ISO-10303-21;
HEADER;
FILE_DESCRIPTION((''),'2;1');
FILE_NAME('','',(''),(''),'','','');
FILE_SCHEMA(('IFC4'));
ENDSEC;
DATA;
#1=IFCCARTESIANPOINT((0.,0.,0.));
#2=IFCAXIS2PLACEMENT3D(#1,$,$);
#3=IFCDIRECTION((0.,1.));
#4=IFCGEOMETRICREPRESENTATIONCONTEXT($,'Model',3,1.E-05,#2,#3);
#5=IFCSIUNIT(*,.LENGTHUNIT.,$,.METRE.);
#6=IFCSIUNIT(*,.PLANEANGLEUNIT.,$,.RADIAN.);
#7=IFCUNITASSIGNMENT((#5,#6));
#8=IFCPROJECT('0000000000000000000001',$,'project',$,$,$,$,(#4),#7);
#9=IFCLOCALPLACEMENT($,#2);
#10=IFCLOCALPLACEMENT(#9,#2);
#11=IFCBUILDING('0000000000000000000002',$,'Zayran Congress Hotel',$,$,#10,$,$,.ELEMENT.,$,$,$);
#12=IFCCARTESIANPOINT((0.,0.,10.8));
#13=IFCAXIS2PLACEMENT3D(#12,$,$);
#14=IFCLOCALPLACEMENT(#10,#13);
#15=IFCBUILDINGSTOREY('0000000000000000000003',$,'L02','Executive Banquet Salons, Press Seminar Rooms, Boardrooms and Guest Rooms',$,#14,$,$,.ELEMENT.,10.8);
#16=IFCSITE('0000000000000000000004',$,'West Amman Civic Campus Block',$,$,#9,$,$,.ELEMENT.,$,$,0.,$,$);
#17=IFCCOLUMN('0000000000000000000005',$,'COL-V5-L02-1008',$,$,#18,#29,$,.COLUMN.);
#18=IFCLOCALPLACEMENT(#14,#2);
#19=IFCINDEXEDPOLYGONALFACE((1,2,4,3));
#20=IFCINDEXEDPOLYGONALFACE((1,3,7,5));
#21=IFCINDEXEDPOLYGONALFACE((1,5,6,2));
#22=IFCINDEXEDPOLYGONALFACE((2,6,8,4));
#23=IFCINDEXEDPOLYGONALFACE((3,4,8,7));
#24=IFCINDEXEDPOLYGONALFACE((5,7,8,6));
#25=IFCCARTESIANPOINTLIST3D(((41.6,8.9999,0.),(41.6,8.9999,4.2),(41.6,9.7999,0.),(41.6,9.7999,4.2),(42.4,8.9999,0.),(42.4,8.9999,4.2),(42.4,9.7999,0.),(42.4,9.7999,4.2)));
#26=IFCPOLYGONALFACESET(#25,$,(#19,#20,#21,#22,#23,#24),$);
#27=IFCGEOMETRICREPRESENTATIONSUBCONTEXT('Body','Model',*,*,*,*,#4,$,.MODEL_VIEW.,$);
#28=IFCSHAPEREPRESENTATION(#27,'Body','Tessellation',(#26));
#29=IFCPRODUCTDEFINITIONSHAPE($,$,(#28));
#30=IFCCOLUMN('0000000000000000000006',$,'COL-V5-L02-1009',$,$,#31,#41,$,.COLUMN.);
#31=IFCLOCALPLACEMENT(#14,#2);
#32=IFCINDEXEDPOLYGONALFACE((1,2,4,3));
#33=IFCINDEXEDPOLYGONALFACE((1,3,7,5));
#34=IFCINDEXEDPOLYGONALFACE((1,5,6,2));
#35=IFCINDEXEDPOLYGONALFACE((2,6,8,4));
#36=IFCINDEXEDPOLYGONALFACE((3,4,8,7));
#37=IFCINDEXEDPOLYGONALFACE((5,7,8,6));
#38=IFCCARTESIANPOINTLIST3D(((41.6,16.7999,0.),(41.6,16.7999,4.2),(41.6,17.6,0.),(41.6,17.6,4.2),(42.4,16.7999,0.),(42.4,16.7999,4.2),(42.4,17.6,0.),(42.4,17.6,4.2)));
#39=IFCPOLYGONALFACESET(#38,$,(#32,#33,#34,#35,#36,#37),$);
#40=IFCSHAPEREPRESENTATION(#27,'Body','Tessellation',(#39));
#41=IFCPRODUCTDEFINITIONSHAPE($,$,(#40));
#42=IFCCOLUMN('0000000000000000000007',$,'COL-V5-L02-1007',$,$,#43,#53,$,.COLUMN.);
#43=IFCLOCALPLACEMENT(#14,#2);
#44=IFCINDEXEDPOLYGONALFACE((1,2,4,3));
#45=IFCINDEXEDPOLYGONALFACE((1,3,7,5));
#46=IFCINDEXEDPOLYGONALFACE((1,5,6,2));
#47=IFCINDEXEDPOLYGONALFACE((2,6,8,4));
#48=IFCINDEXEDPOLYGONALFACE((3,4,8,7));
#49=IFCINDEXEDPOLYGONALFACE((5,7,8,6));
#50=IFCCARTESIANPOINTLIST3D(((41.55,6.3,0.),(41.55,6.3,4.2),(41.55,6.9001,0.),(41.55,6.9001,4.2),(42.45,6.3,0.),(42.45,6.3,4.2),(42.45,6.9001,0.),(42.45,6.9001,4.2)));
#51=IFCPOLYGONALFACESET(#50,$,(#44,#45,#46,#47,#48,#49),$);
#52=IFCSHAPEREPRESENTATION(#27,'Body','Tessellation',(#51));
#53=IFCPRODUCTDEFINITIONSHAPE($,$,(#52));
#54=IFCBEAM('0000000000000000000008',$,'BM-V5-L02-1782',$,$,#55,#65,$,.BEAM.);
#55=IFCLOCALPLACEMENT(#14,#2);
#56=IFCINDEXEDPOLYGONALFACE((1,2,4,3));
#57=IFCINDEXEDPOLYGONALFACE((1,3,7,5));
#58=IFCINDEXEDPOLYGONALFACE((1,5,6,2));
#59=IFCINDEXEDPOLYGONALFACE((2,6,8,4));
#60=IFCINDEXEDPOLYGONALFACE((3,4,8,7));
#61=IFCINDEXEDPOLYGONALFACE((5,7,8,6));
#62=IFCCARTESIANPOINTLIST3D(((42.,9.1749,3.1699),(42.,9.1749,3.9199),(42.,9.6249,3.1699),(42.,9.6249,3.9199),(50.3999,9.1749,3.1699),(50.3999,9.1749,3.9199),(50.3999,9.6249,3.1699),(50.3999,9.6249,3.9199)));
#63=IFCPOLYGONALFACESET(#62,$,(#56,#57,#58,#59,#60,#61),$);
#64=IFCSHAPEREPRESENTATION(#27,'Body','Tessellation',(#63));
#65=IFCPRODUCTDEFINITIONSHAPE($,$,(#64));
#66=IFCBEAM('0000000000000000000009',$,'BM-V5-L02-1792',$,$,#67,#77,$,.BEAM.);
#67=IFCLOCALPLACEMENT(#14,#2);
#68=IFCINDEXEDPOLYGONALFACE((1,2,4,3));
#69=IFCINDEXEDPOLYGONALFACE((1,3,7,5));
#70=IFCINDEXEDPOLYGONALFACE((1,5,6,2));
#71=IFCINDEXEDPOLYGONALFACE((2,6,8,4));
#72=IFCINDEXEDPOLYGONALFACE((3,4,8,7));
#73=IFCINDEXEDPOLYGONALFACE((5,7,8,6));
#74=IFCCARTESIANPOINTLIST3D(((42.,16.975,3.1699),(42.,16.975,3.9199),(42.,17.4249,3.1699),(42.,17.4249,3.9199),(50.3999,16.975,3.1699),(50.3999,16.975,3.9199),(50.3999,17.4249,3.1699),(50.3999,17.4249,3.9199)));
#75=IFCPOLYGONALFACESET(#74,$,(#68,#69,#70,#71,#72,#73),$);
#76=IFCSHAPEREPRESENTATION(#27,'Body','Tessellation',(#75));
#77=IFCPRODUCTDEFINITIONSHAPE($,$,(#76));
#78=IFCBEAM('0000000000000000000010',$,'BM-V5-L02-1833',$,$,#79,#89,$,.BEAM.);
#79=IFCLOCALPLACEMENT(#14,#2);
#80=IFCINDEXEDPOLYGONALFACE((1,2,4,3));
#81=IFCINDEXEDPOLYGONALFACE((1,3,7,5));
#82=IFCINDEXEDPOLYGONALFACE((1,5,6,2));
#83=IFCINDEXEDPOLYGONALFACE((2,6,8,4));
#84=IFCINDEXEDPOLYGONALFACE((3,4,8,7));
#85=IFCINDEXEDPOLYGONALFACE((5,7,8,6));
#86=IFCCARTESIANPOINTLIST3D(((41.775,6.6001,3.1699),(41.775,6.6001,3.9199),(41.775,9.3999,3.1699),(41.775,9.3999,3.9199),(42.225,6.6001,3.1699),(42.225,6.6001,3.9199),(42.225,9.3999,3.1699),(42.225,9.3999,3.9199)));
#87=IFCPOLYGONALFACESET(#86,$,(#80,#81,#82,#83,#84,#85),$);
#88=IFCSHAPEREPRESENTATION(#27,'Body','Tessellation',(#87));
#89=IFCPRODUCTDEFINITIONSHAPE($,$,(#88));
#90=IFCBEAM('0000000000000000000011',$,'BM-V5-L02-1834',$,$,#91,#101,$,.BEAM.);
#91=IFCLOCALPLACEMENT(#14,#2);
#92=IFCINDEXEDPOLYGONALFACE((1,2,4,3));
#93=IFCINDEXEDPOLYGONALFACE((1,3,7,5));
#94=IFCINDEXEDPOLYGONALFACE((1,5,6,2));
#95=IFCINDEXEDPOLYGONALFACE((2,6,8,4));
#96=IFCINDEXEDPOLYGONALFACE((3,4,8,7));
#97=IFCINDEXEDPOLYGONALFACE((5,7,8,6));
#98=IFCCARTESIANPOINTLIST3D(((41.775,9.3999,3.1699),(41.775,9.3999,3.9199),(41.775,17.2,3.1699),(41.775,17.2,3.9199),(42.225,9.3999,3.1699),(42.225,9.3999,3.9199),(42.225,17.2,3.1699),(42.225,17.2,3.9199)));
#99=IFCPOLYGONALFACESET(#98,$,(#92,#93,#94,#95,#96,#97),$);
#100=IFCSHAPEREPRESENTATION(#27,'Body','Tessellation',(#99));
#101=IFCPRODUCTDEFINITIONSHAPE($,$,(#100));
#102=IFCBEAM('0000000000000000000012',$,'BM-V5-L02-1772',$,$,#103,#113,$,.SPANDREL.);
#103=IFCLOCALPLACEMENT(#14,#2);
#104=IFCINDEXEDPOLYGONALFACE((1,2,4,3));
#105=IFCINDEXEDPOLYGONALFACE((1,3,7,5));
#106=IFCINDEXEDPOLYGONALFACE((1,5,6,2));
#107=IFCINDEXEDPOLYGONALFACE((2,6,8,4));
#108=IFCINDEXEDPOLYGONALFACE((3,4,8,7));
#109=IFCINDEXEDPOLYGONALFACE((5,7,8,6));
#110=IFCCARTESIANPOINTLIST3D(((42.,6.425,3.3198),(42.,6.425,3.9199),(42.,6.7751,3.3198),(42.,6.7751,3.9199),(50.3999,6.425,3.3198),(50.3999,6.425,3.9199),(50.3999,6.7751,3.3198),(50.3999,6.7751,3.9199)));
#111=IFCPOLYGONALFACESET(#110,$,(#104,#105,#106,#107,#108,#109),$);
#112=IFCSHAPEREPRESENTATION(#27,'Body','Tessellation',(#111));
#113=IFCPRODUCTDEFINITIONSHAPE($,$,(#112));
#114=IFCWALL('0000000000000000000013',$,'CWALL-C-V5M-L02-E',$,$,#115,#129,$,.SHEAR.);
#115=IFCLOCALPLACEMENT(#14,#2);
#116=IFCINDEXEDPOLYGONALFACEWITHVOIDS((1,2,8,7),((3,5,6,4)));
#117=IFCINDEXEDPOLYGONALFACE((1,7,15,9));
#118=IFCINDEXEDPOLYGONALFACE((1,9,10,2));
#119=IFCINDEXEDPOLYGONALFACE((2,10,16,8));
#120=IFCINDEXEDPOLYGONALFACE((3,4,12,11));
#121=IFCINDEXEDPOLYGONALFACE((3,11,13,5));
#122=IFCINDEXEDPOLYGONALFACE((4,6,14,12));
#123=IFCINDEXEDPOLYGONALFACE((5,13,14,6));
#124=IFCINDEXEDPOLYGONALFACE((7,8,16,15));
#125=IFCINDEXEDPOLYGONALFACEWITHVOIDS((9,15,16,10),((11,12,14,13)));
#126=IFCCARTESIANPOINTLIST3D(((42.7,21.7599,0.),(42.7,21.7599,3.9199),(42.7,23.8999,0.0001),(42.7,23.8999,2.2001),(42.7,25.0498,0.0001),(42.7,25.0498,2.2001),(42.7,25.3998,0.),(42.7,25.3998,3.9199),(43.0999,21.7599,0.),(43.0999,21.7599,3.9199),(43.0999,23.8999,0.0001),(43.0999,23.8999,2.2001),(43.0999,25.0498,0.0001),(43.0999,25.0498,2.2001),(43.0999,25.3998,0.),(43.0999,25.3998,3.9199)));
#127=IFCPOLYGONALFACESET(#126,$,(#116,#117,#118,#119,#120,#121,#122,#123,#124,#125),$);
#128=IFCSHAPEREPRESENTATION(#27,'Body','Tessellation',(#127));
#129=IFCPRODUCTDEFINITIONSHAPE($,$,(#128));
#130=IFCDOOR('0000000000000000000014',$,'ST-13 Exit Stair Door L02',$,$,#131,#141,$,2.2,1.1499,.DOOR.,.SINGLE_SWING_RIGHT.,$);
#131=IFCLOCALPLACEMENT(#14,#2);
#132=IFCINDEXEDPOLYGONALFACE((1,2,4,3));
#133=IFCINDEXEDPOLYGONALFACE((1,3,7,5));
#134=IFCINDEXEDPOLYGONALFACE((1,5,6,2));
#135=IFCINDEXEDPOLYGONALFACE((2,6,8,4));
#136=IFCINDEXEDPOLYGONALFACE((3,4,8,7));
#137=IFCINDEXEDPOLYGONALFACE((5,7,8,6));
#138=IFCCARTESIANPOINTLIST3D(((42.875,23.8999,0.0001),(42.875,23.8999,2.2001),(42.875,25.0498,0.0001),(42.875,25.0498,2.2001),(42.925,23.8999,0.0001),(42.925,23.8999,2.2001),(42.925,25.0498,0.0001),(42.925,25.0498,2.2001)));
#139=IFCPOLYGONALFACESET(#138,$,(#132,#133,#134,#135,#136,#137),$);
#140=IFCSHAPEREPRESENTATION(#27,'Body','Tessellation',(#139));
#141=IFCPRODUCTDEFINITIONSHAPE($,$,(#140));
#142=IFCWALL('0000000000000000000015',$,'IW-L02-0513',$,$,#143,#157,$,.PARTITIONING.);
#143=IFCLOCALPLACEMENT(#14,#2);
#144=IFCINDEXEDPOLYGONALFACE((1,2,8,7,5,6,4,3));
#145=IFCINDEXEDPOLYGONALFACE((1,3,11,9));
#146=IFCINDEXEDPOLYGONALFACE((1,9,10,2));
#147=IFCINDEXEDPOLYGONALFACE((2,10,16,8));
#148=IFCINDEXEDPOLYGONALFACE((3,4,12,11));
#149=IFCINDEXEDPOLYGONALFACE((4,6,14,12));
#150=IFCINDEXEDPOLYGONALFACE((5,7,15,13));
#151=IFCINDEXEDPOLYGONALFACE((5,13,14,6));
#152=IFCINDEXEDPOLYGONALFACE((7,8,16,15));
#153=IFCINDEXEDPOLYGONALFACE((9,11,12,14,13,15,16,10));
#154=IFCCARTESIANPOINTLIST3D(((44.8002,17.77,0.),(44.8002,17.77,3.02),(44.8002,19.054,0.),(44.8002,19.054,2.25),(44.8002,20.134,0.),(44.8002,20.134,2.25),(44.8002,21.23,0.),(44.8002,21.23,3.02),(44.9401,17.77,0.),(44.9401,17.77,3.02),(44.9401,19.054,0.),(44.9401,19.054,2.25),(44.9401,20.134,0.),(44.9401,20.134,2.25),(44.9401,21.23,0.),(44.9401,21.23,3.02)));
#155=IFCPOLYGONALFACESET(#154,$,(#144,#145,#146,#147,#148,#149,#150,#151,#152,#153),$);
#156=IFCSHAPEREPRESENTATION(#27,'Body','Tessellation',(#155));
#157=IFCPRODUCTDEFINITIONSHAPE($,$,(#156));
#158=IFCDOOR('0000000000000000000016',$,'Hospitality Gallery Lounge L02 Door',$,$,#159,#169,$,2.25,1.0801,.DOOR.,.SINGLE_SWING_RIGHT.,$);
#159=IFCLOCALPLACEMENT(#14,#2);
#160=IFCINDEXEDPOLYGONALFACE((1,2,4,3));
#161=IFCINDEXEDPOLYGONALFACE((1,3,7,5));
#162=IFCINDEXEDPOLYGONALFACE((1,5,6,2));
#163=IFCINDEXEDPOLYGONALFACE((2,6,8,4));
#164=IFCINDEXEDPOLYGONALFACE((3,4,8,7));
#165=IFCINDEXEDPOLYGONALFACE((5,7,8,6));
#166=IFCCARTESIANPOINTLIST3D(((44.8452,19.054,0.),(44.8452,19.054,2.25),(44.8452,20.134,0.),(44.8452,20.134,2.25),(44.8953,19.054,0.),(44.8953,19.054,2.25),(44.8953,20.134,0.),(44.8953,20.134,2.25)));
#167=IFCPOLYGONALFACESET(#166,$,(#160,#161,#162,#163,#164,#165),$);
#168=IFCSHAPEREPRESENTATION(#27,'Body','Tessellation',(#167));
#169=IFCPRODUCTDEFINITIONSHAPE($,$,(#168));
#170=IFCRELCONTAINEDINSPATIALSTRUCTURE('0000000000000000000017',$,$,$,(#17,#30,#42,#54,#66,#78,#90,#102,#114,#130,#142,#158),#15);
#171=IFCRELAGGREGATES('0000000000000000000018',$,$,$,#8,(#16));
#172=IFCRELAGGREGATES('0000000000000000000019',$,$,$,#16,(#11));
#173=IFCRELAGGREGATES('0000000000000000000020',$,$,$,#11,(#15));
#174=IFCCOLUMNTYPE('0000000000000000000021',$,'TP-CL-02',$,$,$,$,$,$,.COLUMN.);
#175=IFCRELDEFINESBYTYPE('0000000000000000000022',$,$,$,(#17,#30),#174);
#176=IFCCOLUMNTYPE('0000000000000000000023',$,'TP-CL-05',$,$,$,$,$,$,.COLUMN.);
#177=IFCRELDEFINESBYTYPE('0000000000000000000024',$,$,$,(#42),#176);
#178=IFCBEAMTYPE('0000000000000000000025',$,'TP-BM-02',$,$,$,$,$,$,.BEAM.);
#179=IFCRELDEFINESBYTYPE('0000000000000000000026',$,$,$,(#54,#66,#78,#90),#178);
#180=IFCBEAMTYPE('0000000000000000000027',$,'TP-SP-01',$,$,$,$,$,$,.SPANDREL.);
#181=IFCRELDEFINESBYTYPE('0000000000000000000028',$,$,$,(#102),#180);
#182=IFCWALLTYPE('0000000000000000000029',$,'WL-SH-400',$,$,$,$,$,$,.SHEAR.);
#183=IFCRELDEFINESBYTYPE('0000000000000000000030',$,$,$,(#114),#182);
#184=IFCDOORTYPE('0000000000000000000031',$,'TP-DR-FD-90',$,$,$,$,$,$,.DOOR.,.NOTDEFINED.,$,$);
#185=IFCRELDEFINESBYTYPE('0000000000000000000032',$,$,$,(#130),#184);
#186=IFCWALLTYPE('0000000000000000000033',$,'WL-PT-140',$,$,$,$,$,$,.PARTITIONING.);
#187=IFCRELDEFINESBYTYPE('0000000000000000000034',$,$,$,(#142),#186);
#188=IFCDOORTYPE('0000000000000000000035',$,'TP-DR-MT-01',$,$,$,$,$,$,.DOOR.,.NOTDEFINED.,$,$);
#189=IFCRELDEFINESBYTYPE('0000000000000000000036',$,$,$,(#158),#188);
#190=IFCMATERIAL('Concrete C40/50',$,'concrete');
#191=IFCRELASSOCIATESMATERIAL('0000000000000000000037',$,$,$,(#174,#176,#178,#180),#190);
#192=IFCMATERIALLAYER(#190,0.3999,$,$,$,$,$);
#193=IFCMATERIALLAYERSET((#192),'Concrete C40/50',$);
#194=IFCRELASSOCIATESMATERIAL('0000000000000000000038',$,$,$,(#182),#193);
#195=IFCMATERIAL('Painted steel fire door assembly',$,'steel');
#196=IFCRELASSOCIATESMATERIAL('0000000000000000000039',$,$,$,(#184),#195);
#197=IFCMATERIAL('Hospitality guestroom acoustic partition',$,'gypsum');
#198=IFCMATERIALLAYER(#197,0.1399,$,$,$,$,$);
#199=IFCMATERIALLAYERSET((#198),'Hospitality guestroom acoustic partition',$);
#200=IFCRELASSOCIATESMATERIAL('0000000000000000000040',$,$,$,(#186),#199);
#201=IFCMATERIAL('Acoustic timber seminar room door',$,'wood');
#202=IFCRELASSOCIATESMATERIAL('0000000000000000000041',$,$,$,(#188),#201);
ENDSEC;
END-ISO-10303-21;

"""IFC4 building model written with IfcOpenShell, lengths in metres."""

from ifc_helpers import new_model, si_unit, direction, frame, frame_2d, origin, origin_2d, place, context, subcontext, project, spatial, rectangle, extrude, material, layer, layer_set, material_profile, profile_set, type_object, element, fill, save


model = new_model("IFC4")

# Units and contexts
model_context = context("Model", 3, precision=1e-05, world=origin(), true_north=direction((0.0, 1.0)))
body_context = subcontext(model_context, "Body", "Model", "MODEL_VIEW")
ifc_project = project(units=[si_unit("LENGTHUNIT", "METRE"), si_unit("PLANEANGLEUNIT", "RADIAN")], contexts=[model_context])

# Site, building, storey
site_placement = place(None, origin())
site = spatial("IfcSite", under=ifc_project, at=site_placement, Name="West Amman Civic Campus Block", CompositionType="ELEMENT", RefElevation=0.0)
building_placement = place(site_placement, origin())
building = spatial("IfcBuilding", under=site, at=building_placement, Name="Zayran Congress Hotel", CompositionType="ELEMENT")
storey_placement = place(building_placement, frame((0.0, 0.0, 10.8)))
storey = spatial("IfcBuildingStorey", under=building, at=storey_placement, Name="L02", Description="Executive Banquet Salons, Press Seminar Rooms, Boardrooms and Guest Rooms", CompositionType="ELEMENT", Elevation=10.8)

# Columns
ifc_material_1 = material(Name="Concrete C40/50", Category="concrete")
ifc_material_profile_1 = material_profile(ifc_material_1, rectangle(XDim=0.8, YDim=0.8, at=origin_2d()), Name="RC 800x800")
ifc_profile_set_1 = profile_set([ifc_material_profile_1], Name="Concrete C40/50")
column_type_1 = type_object("IfcColumnType", Name="TP-CL-02", PredefinedType="COLUMN", material=ifc_profile_set_1)
for number, where, z_axis, x_axis, name in (
    (1, (42.0, 9.3999, 0.0), (0.0, 0.0, 1.0), (1.0, 0.0, 0.0), "COL-V5-L02-1008"),
    (2, (42.0, 17.2, 0.0), (0.0, 0.0, 1.0), (1.0, 0.0, 0.0), "COL-V5-L02-1009"),
):
    element("IfcColumn", number, at=place(storey_placement, frame(where, z_axis=z_axis, x_axis=x_axis)), inside=storey, type_object=column_type_1, Name=name, PredefinedType="COLUMN", context=body_context, shape_type="SweptSolid", body=[
        extrude(rectangle(XDim=0.8, YDim=0.8, at=origin_2d()), origin(), (0.0, 0.0, 1.0), 4.2),
    ])
ifc_material_profile_2 = material_profile(ifc_material_1, rectangle(XDim=0.6001, YDim=0.8999, at=origin_2d()), Name="RC 900x600")
ifc_profile_set_2 = profile_set([ifc_material_profile_2], Name="Concrete C40/50")
column_type_2 = type_object("IfcColumnType", Name="TP-CL-05", PredefinedType="COLUMN", material=ifc_profile_set_2)
column_placement = place(storey_placement, frame((42.0, 6.6001, 0.0), z_axis=(0.0, 0.0, 1.0), x_axis=(0.0, 1.0, 0.0)))
element("IfcColumn", 3, at=column_placement, inside=storey, type_object=column_type_2, Name="COL-V5-L02-1007", PredefinedType="COLUMN", context=body_context, shape_type="SweptSolid", body=[
    extrude(rectangle(XDim=0.6001, YDim=0.8999, at=origin_2d()), origin(), (0.0, 0.0, 1.0), 4.2),
])

# Beams
ifc_material_profile_3 = material_profile(ifc_material_1, rectangle(XDim=0.45, YDim=0.75, at=origin_2d()), Name="RC 450x750")
ifc_profile_set_3 = profile_set([ifc_material_profile_3], Name="Concrete C40/50")
beam_type_1 = type_object("IfcBeamType", Name="TP-BM-02", PredefinedType="BEAM", material=ifc_profile_set_3)
for number, where, z_axis, x_axis, name in (
    (4, (42.0, 9.3999, 3.5449), (1.0, 0.0, 0.0), (0.0, 1.0, 0.0), "BM-V5-L02-1782"),
    (5, (42.0, 17.2, 3.5449), (1.0, 0.0, 0.0), (0.0, 1.0, 0.0), "BM-V5-L02-1792"),
):
    element("IfcBeam", number, at=place(storey_placement, frame(where, z_axis=z_axis, x_axis=x_axis)), inside=storey, type_object=beam_type_1, Name=name, PredefinedType="BEAM", context=body_context, shape_type="SweptSolid", body=[
        extrude(rectangle(XDim=0.45, YDim=0.75, at=origin_2d()), origin(), (0.0, 0.0, 1.0), 8.3999),
    ])
beam_1_placement = place(storey_placement, frame((42.0, 6.6001, 3.5449), z_axis=(0.0, 1.0, 0.0), x_axis=(-1.0, 0.0, 0.0)))
element("IfcBeam", 6, at=beam_1_placement, inside=storey, type_object=beam_type_1, Name="BM-V5-L02-1833", PredefinedType="BEAM", context=body_context, shape_type="SweptSolid", body=[
    extrude(rectangle(XDim=0.45, YDim=0.75, at=origin_2d()), origin(), (0.0, 0.0, 1.0), 2.7998),
])
beam_2_placement = place(storey_placement, frame((42.0, 9.3999, 3.5449), z_axis=(0.0, 1.0, 0.0), x_axis=(-1.0, 0.0, 0.0)))
element("IfcBeam", 7, at=beam_2_placement, inside=storey, type_object=beam_type_1, Name="BM-V5-L02-1834", PredefinedType="BEAM", context=body_context, shape_type="SweptSolid", body=[
    extrude(rectangle(XDim=0.45, YDim=0.75, at=origin_2d()), origin(), (0.0, 0.0, 1.0), 7.8),
])
ifc_material_profile_4 = material_profile(ifc_material_1, rectangle(XDim=0.3501, YDim=0.6001, at=origin_2d()), Name="RC 350x600")
ifc_profile_set_4 = profile_set([ifc_material_profile_4], Name="Concrete C40/50")
beam_type_2 = type_object("IfcBeamType", Name="TP-SP-01", PredefinedType="SPANDREL", material=ifc_profile_set_4)
beam_3_placement = place(storey_placement, frame((42.0, 6.6001, 3.6199), z_axis=(1.0, 0.0, 0.0), x_axis=(0.0, 1.0, 0.0)))
element("IfcBeam", 8, at=beam_3_placement, inside=storey, type_object=beam_type_2, Name="BM-V5-L02-1772", PredefinedType="SPANDREL", context=body_context, shape_type="SweptSolid", body=[
    extrude(rectangle(XDim=0.3501, YDim=0.6001, at=origin_2d()), origin(), (0.0, 0.0, 1.0), 8.3999),
])

# Walls, openings, doors
ifc_layer_1 = layer(ifc_material_1, 0.3999)
ifc_layer_set_1 = layer_set([ifc_layer_1], Name="Concrete C40/50")
wall_type_1 = type_object("IfcWallType", Name="WL-SH-400", PredefinedType="SHEAR", material=ifc_layer_set_1)
wall_1_placement = place(storey_placement, frame((42.8999, 21.76, 0.0), z_axis=(0.0, 0.0, 1.0), x_axis=(0.0, 1.0, 0.0)))
wall_1 = element("IfcWall", 9, at=wall_1_placement, inside=storey, type_object=wall_type_1, Name="CWALL-C-V5M-L02-E", PredefinedType="SHEAR", context=body_context, shape_type="SweptSolid", body=[
    extrude(rectangle(XDim=3.6399, YDim=0.3999, at=frame_2d((1.8198, 0.0))), origin(), (0.0, 0.0, 1.0), 3.9199),
])
opening_1_placement = place(wall_1_placement, frame((2.1399, 0.0, 0.0)))
opening_1 = element("IfcOpeningElement", 10, at=opening_1_placement, cuts=wall_1, PredefinedType="OPENING", context=body_context, shape_type="SweptSolid", body=[
    extrude(rectangle(XDim=1.1499, YDim=2.2, at=frame_2d((0.575, 1.1001))), frame((0.0, 0.21, 0.0), z_axis=(0.0, -1.0, 0.0), x_axis=(1.0, 0.0, 0.0)), (0.0, 0.0, 1.0), 0.4199),
])
ifc_material_2 = material(Name="Painted steel fire door assembly", Category="steel")
door_type_1 = type_object("IfcDoorType", Name="TP-DR-FD-90", OperationType="NOTDEFINED", PredefinedType="DOOR", material=ifc_material_2)
door_1_placement = place(opening_1_placement, origin())
door_1 = element("IfcDoor", 11, at=door_1_placement, inside=storey, type_object=door_type_1, Name="ST-13 Exit Stair Door L02", OperationType="SINGLE_SWING_RIGHT", OverallHeight=2.2, OverallWidth=1.1499, PredefinedType="DOOR", context=body_context, shape_type="SweptSolid", body=[
    extrude(rectangle(XDim=1.1499, YDim=2.2, at=frame_2d((0.575, 1.1001))), frame((0.0, 0.0249, 0.0), z_axis=(0.0, -1.0, 0.0), x_axis=(1.0, 0.0, 0.0)), (0.0, 0.0, 1.0), 0.05),
])
fill(opening_1, door_1)
ifc_material_3 = material(Name="Hospitality guestroom acoustic partition", Category="gypsum")
ifc_layer_2 = layer(ifc_material_3, 0.1399)
ifc_layer_set_2 = layer_set([ifc_layer_2], Name="Hospitality guestroom acoustic partition")
wall_type_2 = type_object("IfcWallType", Name="WL-PT-140", PredefinedType="PARTITIONING", material=ifc_layer_set_2)
wall_2_placement = place(storey_placement, frame((44.8701, 17.77, 0.0), z_axis=(0.0, 0.0, 1.0), x_axis=(0.0, 1.0, 0.0)))
wall_2 = element("IfcWall", 12, at=wall_2_placement, inside=storey, type_object=wall_type_2, Name="IW-L02-0513", PredefinedType="PARTITIONING", context=body_context, shape_type="SweptSolid", body=[
    extrude(rectangle(XDim=3.46, YDim=0.1399, at=frame_2d((1.73, 0.0))), origin(), (0.0, 0.0, 1.0), 3.02),
])
opening_2_placement = place(wall_2_placement, frame((1.2839, 0.0, 0.0)))
opening_2 = element("IfcOpeningElement", 13, at=opening_2_placement, cuts=wall_2, PredefinedType="OPENING", context=body_context, shape_type="SweptSolid", body=[
    extrude(rectangle(XDim=1.0801, YDim=2.25, at=frame_2d((0.54, 1.125))), frame((0.0, 0.0798, 0.0), z_axis=(0.0, -1.0, 0.0), x_axis=(1.0, 0.0, 0.0)), (0.0, 0.0, 1.0), 0.1599),
])
ifc_material_4 = material(Name="Acoustic timber seminar room door", Category="wood")
door_type_2 = type_object("IfcDoorType", Name="TP-DR-MT-01", OperationType="NOTDEFINED", PredefinedType="DOOR", material=ifc_material_4)
door_2_placement = place(opening_2_placement, origin())
door_2 = element("IfcDoor", 14, at=door_2_placement, inside=storey, type_object=door_type_2, Name="Hospitality Gallery Lounge L02 Door", OperationType="SINGLE_SWING_RIGHT", OverallHeight=2.25, OverallWidth=1.0801, PredefinedType="DOOR", context=body_context, shape_type="SweptSolid", body=[
    extrude(rectangle(XDim=1.0801, YDim=2.25, at=frame_2d((0.54, 1.125))), frame((0.0, 0.0249, 0.0), z_axis=(0.0, -1.0, 0.0), x_axis=(1.0, 0.0, 0.0)), (0.0, 0.0, 1.0), 0.05),
])
fill(opening_2, door_2)

save(model, "model.ifc")
